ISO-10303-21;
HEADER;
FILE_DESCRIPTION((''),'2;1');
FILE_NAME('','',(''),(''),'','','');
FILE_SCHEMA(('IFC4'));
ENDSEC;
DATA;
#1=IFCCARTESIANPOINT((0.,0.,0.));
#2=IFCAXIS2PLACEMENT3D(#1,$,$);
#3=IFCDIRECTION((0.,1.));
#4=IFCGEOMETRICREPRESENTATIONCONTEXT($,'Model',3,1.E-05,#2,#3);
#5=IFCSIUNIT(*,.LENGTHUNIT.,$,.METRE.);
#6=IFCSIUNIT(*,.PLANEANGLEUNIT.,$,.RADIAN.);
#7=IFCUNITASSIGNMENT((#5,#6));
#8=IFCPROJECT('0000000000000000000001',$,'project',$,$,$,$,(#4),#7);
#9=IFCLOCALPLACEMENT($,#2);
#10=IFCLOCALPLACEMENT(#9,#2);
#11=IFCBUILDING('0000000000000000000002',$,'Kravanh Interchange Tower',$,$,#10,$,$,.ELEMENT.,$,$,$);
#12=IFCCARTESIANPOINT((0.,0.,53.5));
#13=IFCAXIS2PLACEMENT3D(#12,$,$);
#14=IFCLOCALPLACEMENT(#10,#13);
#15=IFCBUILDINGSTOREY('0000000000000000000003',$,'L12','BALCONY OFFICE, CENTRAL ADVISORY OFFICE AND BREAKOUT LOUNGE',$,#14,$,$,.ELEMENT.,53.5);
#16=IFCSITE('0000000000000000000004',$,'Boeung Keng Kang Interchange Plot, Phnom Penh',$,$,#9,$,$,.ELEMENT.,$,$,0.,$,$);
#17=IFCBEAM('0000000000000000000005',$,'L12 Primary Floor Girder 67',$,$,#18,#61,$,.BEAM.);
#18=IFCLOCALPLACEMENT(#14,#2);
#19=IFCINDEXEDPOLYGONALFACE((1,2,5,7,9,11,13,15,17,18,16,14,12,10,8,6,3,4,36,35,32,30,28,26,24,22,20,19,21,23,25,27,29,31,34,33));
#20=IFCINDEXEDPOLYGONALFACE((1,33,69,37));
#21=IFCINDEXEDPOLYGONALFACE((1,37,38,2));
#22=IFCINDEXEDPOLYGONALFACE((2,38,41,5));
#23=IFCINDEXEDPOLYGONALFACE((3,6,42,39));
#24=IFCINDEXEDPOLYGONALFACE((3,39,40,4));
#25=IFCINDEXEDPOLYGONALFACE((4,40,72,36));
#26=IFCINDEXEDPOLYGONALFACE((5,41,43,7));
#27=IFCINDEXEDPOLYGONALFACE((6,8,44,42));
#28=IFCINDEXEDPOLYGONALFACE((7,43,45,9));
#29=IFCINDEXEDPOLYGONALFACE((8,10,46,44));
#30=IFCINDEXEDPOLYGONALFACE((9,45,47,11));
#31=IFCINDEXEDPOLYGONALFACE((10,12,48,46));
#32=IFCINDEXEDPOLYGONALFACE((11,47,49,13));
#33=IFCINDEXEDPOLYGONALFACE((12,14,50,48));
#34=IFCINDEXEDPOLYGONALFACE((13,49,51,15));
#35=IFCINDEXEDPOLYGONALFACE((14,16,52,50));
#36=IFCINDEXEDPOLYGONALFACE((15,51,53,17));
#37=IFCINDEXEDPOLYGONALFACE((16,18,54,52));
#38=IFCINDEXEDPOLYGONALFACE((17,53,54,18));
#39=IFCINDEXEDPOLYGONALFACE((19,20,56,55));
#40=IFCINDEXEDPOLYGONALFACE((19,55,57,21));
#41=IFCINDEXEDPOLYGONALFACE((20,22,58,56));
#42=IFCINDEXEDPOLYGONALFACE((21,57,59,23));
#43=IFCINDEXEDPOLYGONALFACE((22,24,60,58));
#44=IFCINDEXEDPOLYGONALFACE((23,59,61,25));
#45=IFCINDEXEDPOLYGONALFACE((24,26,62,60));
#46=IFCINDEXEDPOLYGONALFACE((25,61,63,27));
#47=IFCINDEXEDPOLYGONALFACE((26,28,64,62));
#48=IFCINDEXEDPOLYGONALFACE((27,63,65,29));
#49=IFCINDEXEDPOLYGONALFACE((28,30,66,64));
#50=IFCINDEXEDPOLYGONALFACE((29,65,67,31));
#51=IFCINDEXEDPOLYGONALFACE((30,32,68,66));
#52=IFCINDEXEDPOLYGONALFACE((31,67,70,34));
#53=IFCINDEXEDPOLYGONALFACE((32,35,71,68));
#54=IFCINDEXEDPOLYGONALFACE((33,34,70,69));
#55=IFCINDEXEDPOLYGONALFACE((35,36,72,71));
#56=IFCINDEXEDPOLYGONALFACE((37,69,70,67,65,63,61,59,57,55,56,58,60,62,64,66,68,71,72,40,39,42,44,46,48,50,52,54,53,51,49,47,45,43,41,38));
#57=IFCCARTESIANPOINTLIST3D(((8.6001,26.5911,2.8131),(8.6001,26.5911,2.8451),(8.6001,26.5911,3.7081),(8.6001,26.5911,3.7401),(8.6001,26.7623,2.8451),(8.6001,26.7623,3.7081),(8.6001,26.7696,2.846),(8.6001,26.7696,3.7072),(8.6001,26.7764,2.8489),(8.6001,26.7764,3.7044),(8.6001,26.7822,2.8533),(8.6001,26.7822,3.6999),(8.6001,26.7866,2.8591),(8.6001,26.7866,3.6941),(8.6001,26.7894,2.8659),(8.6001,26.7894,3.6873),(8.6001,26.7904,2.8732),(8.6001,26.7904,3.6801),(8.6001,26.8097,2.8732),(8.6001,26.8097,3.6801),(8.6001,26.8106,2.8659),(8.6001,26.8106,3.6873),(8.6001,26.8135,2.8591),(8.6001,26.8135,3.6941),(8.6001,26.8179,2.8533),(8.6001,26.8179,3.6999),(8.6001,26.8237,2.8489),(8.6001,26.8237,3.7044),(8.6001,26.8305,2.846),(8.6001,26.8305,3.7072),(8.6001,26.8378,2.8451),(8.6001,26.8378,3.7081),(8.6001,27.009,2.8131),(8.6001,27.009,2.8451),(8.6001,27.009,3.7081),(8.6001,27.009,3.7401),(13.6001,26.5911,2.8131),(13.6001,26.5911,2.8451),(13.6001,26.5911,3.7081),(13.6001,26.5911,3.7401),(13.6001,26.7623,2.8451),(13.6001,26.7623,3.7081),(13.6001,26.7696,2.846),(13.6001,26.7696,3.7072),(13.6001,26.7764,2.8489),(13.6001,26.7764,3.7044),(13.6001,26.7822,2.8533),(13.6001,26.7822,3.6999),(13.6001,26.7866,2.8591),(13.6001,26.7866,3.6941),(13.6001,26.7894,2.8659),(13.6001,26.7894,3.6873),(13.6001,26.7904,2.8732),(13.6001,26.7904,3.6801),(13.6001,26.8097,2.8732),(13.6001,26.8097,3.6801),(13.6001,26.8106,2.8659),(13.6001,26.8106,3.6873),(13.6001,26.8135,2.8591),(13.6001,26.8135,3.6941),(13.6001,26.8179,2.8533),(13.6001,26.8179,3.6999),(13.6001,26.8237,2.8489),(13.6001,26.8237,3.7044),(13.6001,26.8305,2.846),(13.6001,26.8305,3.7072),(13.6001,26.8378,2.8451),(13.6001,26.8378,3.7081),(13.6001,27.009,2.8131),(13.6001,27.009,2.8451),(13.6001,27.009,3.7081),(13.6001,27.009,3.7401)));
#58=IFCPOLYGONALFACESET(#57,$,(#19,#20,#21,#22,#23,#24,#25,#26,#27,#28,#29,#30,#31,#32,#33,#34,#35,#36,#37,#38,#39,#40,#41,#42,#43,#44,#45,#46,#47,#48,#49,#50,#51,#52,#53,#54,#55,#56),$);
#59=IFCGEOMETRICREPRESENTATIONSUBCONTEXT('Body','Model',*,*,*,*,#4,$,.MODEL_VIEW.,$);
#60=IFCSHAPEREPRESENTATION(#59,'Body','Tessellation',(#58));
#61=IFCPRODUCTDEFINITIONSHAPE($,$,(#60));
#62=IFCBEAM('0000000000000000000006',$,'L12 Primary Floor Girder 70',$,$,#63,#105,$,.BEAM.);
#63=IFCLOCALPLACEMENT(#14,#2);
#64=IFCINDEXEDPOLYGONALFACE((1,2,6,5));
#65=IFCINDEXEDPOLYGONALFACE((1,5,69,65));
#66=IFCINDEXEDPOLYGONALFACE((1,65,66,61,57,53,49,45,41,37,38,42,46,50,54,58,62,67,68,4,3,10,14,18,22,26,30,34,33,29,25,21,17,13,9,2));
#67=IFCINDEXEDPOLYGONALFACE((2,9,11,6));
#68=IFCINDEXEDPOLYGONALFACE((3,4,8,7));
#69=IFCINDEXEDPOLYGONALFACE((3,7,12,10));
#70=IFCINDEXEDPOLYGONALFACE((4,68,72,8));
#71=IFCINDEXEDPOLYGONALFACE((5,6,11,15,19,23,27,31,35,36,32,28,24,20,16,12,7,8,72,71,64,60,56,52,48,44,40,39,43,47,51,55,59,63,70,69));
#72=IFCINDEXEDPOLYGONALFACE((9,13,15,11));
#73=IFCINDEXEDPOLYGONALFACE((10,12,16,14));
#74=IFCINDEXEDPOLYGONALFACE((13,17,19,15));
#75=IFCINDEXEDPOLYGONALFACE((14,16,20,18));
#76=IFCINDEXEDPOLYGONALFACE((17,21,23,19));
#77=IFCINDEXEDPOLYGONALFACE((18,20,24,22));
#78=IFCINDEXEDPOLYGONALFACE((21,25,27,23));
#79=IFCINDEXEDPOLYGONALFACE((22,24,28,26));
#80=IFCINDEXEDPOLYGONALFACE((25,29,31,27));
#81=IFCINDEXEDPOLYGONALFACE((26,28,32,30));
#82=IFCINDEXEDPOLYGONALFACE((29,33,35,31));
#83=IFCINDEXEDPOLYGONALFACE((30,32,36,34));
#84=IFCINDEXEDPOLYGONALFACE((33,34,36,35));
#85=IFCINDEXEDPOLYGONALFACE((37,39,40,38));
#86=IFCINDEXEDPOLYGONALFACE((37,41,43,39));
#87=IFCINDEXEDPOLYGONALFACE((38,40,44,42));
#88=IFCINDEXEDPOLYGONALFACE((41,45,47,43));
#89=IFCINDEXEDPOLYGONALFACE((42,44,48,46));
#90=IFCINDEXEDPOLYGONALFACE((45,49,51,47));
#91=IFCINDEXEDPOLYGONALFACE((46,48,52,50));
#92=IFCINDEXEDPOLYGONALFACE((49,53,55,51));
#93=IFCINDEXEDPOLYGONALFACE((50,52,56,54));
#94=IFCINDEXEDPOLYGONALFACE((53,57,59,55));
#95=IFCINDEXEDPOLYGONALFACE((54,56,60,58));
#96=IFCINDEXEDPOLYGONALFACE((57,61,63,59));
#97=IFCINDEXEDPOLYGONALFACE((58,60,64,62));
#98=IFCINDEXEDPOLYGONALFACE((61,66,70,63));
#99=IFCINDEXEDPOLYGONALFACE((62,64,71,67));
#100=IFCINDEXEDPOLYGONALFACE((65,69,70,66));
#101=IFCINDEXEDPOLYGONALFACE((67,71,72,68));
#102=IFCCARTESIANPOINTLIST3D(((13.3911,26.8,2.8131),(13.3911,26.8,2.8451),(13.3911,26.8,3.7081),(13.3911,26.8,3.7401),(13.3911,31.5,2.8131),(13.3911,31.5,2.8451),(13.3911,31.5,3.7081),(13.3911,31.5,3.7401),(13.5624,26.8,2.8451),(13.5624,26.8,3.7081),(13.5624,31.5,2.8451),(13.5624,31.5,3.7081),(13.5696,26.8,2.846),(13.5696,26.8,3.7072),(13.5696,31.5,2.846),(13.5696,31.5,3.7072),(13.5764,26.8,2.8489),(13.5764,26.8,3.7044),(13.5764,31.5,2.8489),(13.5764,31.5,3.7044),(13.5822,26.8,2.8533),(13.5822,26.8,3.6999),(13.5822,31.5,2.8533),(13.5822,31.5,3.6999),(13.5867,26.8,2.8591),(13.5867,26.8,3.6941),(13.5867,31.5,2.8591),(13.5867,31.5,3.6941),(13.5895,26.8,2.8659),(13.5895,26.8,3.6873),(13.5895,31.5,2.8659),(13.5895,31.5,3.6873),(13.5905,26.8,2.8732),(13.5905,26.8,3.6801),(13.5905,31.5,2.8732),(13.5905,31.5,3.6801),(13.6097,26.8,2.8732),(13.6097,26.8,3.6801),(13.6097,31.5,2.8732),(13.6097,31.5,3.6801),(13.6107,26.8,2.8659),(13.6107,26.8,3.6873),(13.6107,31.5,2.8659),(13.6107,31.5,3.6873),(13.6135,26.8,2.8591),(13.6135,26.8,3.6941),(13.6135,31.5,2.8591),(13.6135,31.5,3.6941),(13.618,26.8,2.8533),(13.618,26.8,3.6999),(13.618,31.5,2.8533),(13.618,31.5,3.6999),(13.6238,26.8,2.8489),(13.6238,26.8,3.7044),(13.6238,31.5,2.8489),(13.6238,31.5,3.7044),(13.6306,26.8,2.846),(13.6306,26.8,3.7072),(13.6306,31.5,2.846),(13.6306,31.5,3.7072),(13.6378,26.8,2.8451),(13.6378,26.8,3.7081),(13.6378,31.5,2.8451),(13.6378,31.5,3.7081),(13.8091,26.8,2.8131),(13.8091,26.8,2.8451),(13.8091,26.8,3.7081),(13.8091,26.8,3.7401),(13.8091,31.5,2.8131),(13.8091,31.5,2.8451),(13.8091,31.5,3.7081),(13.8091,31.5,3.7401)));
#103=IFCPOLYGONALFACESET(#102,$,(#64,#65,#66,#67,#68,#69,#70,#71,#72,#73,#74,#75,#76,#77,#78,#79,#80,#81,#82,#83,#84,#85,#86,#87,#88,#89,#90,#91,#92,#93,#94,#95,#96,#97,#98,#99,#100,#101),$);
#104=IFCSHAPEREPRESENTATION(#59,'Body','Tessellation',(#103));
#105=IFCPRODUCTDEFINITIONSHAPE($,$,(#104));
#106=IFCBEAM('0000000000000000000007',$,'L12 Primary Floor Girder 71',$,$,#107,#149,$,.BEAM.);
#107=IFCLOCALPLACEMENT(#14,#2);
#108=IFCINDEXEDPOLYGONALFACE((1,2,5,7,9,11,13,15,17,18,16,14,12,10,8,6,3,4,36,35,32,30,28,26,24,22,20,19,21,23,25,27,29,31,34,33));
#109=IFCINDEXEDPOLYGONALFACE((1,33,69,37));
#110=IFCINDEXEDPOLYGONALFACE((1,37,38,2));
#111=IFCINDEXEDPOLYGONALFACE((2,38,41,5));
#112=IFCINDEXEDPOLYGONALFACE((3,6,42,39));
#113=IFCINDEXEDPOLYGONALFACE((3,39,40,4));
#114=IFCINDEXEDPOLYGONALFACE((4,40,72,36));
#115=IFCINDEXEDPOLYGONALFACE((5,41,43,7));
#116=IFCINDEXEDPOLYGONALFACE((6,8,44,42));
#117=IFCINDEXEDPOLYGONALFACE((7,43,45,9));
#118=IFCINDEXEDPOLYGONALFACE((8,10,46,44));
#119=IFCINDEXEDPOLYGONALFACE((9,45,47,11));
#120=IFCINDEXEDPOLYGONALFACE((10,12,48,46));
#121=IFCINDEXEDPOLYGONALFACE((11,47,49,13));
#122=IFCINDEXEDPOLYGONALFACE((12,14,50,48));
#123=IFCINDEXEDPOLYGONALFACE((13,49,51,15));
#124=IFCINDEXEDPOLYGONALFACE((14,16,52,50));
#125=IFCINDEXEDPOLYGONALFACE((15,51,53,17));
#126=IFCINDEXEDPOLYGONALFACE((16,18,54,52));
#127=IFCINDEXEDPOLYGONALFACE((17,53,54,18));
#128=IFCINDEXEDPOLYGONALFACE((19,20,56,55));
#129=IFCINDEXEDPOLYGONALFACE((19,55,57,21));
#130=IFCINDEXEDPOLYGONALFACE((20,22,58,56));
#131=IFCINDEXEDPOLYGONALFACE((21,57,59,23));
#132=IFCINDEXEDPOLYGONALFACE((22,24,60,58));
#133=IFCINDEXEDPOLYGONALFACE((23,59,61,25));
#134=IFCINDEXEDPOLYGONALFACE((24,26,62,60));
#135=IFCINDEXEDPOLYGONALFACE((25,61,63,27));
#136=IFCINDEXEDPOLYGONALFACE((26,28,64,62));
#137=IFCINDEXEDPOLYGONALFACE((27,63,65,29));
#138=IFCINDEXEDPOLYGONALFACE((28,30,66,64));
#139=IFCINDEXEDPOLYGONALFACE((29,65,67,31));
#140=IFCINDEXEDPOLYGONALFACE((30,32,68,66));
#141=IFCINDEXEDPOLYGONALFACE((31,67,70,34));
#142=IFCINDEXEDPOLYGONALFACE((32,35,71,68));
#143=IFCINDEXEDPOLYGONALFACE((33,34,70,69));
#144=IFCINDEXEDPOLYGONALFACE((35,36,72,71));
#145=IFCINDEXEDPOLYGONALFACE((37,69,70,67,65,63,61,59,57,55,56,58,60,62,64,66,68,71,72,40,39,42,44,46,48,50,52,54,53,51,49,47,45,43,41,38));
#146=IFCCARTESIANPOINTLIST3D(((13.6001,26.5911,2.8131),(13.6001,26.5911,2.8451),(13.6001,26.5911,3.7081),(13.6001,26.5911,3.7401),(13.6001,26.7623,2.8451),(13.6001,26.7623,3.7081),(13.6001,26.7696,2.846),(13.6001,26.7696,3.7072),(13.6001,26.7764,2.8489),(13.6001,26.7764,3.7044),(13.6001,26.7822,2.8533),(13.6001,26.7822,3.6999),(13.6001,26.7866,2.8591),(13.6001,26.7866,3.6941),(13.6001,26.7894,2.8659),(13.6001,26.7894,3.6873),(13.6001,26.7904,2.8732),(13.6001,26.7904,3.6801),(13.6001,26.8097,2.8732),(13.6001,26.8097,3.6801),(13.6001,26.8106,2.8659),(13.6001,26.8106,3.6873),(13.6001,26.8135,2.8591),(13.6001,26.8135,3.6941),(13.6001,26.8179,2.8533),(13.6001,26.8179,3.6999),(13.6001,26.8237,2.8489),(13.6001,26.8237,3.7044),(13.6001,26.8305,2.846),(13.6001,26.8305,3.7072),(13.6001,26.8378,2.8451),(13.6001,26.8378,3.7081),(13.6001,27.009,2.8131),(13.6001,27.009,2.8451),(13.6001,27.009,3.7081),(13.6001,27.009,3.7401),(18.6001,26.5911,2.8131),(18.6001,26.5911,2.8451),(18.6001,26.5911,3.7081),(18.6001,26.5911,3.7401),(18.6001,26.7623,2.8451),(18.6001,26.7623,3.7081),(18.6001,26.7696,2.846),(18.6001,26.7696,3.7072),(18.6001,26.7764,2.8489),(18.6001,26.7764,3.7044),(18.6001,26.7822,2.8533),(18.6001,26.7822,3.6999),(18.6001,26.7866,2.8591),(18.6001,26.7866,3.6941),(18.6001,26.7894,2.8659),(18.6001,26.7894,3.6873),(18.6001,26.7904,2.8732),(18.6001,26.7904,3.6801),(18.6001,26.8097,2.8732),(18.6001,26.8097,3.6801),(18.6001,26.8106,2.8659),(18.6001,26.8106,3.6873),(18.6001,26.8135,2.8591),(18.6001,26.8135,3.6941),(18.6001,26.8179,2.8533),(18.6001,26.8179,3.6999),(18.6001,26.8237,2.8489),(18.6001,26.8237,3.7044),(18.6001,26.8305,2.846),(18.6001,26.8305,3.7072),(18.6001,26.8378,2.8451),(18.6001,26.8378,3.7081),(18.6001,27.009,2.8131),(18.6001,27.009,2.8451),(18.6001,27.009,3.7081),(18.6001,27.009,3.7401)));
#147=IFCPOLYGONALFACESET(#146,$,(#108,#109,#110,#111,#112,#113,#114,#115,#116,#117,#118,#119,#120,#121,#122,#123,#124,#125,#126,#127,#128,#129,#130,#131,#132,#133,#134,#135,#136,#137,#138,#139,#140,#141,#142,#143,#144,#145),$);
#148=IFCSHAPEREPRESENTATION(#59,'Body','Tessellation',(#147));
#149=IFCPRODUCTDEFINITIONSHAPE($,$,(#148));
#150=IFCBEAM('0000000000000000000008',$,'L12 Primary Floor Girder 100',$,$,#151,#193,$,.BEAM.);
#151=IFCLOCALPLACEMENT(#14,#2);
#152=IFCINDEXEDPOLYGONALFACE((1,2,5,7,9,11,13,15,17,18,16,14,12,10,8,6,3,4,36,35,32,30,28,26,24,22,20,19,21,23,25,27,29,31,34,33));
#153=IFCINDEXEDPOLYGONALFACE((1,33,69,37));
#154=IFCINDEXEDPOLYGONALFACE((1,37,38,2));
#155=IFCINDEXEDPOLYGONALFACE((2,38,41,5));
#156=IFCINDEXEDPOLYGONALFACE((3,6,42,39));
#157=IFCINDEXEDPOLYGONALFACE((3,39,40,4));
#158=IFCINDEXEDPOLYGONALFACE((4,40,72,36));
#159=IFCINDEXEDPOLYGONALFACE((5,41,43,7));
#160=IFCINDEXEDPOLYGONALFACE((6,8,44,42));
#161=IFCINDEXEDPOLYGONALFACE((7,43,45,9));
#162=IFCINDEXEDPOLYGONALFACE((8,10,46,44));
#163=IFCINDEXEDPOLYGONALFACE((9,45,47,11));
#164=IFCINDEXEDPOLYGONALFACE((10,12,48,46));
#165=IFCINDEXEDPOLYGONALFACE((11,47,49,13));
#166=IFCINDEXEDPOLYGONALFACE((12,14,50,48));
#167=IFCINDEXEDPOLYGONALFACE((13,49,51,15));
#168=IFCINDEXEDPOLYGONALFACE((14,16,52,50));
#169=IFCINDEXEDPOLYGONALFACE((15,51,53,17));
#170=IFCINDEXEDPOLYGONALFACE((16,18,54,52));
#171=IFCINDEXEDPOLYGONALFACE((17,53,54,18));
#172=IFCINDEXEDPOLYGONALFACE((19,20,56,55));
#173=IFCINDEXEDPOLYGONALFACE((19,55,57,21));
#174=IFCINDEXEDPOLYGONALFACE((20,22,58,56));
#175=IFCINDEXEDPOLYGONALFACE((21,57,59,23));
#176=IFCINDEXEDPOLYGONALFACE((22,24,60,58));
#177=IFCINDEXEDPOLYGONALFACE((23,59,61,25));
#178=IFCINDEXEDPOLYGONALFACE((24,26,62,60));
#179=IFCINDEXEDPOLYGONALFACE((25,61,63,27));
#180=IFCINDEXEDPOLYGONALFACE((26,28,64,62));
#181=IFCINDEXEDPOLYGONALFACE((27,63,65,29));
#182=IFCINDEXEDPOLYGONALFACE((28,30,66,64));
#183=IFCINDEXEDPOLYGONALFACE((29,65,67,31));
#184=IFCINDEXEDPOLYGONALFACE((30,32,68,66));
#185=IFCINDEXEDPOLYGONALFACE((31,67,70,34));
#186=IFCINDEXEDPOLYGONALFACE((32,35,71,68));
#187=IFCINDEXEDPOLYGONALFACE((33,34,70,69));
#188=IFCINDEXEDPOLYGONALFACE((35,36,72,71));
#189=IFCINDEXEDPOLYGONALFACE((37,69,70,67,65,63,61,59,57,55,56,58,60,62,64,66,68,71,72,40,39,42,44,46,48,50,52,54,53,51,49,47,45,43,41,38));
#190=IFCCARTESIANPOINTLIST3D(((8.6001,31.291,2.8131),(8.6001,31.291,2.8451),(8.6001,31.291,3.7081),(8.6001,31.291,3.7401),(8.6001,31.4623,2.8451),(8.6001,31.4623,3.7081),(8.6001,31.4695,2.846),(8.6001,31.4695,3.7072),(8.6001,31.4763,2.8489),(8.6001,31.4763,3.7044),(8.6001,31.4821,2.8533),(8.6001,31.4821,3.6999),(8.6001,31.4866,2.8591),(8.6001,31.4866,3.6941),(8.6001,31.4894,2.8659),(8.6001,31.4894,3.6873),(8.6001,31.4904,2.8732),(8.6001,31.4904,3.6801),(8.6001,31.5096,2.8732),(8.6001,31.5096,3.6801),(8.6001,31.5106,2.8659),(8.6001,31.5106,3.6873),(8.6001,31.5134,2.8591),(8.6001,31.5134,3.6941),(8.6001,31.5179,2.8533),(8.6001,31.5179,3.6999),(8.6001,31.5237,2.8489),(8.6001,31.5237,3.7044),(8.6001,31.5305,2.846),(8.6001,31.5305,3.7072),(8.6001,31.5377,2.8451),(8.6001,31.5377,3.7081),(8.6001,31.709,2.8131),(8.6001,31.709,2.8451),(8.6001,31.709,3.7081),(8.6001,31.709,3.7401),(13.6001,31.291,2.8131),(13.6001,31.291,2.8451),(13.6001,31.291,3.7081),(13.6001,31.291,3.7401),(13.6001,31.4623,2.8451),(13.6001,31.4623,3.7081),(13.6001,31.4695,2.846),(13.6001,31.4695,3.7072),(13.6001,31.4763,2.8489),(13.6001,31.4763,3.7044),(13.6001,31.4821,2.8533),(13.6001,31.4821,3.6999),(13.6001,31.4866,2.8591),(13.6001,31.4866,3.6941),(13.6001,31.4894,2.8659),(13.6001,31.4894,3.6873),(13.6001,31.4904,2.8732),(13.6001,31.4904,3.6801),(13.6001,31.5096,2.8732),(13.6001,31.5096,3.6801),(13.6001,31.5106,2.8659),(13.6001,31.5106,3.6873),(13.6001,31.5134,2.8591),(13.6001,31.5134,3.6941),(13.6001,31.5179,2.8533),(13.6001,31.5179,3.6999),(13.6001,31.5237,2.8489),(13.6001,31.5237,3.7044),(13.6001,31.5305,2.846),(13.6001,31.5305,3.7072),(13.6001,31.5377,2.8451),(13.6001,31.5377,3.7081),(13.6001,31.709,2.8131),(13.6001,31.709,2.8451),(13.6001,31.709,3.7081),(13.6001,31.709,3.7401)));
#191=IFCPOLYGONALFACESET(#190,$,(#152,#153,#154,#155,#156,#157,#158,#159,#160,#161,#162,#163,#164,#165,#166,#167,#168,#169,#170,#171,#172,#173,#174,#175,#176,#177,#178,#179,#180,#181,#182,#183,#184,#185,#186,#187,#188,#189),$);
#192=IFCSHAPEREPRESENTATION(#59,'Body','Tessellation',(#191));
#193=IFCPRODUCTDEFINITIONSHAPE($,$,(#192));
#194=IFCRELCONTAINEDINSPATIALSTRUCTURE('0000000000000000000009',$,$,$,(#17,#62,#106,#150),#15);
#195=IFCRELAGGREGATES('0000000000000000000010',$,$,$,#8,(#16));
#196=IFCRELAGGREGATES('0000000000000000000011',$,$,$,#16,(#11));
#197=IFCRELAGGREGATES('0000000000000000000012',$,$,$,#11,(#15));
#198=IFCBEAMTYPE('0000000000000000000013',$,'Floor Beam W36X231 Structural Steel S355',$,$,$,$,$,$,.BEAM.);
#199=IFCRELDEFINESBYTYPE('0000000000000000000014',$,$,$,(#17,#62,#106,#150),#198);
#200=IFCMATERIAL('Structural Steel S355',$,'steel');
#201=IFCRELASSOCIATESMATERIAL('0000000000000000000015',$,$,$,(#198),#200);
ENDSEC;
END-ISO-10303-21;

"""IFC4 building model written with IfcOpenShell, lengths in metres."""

from ifc_helpers import new_model, si_unit, direction, frame, origin, origin_2d, place, context, subcontext, project, spatial, i_section, extrude, material, material_profile, profile_set, type_object, element, save


model = new_model("IFC4")

# Units and contexts
model_context = context("Model", 3, precision=1e-05, world=origin(), true_north=direction((0.0, 1.0)))
body_context = subcontext(model_context, "Body", "Model", "MODEL_VIEW")
ifc_project = project(units=[si_unit("LENGTHUNIT", "METRE"), si_unit("PLANEANGLEUNIT", "RADIAN")], contexts=[model_context])

# Site, building, storey
site_placement = place(None, origin())
site = spatial("IfcSite", under=ifc_project, at=site_placement, Name="Boeung Keng Kang Interchange Plot, Phnom Penh", CompositionType="ELEMENT", RefElevation=0.0)
building_placement = place(site_placement, origin())
building = spatial("IfcBuilding", under=site, at=building_placement, Name="Kravanh Interchange Tower", CompositionType="ELEMENT")
storey_placement = place(building_placement, frame((0.0, 0.0, 53.5)))
storey = spatial("IfcBuildingStorey", under=building, at=storey_placement, Name="L12", Description="BALCONY OFFICE, CENTRAL ADVISORY OFFICE AND BREAKOUT LOUNGE", CompositionType="ELEMENT", Elevation=53.5)

# Beams
ifc_material_1 = material(Name="Structural Steel S355", Category="steel")
ifc_material_profile_1 = material_profile(ifc_material_1, i_section(OverallWidth=0.418, OverallDepth=0.927, WebThickness=0.0193, FlangeThickness=0.032, FilletRadius=0.0281, at=origin_2d()), Name="W36X231")
ifc_profile_set_1 = profile_set([ifc_material_profile_1], Name="Structural Steel S355")
beam_type_1 = type_object("IfcBeamType", Name="Floor Beam W36X231 Structural Steel S355", PredefinedType="BEAM", material=ifc_profile_set_1)
beam_1_placement = place(storey_placement, frame((8.6001, 26.8, 3.2766), z_axis=(1.0, 0.0, 0.0), x_axis=(0.0, 1.0, 0.0)))
element("IfcBeam", 1, at=beam_1_placement, inside=storey, type_object=beam_type_1, Name="L12 Primary Floor Girder 67", PredefinedType="BEAM", context=body_context, shape_type="SweptSolid", body=[
    extrude(i_section(OverallWidth=0.418, OverallDepth=0.927, WebThickness=0.0193, FlangeThickness=0.032, FilletRadius=0.0281, at=origin_2d()), origin(), (0.0, 0.0, 1.0), 5.0),
])
beam_2_placement = place(storey_placement, frame((13.6001, 26.8, 3.2766), z_axis=(0.0, 1.0, 0.0), x_axis=(-1.0, 0.0, 0.0)))
element("IfcBeam", 2, at=beam_2_placement, inside=storey, type_object=beam_type_1, Name="L12 Primary Floor Girder 70", PredefinedType="BEAM", context=body_context, shape_type="SweptSolid", body=[
    extrude(i_section(OverallWidth=0.418, OverallDepth=0.927, WebThickness=0.0193, FlangeThickness=0.032, FilletRadius=0.0281, at=origin_2d()), origin(), (0.0, 0.0, 1.0), 4.7),
])
for number, where, z_axis, x_axis, name in (
    (3, (13.6001, 26.8, 3.2766), (1.0, 0.0, 0.0), (0.0, 1.0, 0.0), "L12 Primary Floor Girder 71"),
    (4, (8.6001, 31.5, 3.2766), (1.0, 0.0, 0.0), (0.0, 1.0, 0.0), "L12 Primary Floor Girder 100"),
):
    element("IfcBeam", number, at=place(storey_placement, frame(where, z_axis=z_axis, x_axis=x_axis)), inside=storey, type_object=beam_type_1, Name=name, PredefinedType="BEAM", context=body_context, shape_type="SweptSolid", body=[
        extrude(i_section(OverallWidth=0.418, OverallDepth=0.927, WebThickness=0.0193, FlangeThickness=0.032, FilletRadius=0.0281, at=origin_2d()), origin(), (0.0, 0.0, 1.0), 5.0),
    ])

save(model, "model.ifc")
